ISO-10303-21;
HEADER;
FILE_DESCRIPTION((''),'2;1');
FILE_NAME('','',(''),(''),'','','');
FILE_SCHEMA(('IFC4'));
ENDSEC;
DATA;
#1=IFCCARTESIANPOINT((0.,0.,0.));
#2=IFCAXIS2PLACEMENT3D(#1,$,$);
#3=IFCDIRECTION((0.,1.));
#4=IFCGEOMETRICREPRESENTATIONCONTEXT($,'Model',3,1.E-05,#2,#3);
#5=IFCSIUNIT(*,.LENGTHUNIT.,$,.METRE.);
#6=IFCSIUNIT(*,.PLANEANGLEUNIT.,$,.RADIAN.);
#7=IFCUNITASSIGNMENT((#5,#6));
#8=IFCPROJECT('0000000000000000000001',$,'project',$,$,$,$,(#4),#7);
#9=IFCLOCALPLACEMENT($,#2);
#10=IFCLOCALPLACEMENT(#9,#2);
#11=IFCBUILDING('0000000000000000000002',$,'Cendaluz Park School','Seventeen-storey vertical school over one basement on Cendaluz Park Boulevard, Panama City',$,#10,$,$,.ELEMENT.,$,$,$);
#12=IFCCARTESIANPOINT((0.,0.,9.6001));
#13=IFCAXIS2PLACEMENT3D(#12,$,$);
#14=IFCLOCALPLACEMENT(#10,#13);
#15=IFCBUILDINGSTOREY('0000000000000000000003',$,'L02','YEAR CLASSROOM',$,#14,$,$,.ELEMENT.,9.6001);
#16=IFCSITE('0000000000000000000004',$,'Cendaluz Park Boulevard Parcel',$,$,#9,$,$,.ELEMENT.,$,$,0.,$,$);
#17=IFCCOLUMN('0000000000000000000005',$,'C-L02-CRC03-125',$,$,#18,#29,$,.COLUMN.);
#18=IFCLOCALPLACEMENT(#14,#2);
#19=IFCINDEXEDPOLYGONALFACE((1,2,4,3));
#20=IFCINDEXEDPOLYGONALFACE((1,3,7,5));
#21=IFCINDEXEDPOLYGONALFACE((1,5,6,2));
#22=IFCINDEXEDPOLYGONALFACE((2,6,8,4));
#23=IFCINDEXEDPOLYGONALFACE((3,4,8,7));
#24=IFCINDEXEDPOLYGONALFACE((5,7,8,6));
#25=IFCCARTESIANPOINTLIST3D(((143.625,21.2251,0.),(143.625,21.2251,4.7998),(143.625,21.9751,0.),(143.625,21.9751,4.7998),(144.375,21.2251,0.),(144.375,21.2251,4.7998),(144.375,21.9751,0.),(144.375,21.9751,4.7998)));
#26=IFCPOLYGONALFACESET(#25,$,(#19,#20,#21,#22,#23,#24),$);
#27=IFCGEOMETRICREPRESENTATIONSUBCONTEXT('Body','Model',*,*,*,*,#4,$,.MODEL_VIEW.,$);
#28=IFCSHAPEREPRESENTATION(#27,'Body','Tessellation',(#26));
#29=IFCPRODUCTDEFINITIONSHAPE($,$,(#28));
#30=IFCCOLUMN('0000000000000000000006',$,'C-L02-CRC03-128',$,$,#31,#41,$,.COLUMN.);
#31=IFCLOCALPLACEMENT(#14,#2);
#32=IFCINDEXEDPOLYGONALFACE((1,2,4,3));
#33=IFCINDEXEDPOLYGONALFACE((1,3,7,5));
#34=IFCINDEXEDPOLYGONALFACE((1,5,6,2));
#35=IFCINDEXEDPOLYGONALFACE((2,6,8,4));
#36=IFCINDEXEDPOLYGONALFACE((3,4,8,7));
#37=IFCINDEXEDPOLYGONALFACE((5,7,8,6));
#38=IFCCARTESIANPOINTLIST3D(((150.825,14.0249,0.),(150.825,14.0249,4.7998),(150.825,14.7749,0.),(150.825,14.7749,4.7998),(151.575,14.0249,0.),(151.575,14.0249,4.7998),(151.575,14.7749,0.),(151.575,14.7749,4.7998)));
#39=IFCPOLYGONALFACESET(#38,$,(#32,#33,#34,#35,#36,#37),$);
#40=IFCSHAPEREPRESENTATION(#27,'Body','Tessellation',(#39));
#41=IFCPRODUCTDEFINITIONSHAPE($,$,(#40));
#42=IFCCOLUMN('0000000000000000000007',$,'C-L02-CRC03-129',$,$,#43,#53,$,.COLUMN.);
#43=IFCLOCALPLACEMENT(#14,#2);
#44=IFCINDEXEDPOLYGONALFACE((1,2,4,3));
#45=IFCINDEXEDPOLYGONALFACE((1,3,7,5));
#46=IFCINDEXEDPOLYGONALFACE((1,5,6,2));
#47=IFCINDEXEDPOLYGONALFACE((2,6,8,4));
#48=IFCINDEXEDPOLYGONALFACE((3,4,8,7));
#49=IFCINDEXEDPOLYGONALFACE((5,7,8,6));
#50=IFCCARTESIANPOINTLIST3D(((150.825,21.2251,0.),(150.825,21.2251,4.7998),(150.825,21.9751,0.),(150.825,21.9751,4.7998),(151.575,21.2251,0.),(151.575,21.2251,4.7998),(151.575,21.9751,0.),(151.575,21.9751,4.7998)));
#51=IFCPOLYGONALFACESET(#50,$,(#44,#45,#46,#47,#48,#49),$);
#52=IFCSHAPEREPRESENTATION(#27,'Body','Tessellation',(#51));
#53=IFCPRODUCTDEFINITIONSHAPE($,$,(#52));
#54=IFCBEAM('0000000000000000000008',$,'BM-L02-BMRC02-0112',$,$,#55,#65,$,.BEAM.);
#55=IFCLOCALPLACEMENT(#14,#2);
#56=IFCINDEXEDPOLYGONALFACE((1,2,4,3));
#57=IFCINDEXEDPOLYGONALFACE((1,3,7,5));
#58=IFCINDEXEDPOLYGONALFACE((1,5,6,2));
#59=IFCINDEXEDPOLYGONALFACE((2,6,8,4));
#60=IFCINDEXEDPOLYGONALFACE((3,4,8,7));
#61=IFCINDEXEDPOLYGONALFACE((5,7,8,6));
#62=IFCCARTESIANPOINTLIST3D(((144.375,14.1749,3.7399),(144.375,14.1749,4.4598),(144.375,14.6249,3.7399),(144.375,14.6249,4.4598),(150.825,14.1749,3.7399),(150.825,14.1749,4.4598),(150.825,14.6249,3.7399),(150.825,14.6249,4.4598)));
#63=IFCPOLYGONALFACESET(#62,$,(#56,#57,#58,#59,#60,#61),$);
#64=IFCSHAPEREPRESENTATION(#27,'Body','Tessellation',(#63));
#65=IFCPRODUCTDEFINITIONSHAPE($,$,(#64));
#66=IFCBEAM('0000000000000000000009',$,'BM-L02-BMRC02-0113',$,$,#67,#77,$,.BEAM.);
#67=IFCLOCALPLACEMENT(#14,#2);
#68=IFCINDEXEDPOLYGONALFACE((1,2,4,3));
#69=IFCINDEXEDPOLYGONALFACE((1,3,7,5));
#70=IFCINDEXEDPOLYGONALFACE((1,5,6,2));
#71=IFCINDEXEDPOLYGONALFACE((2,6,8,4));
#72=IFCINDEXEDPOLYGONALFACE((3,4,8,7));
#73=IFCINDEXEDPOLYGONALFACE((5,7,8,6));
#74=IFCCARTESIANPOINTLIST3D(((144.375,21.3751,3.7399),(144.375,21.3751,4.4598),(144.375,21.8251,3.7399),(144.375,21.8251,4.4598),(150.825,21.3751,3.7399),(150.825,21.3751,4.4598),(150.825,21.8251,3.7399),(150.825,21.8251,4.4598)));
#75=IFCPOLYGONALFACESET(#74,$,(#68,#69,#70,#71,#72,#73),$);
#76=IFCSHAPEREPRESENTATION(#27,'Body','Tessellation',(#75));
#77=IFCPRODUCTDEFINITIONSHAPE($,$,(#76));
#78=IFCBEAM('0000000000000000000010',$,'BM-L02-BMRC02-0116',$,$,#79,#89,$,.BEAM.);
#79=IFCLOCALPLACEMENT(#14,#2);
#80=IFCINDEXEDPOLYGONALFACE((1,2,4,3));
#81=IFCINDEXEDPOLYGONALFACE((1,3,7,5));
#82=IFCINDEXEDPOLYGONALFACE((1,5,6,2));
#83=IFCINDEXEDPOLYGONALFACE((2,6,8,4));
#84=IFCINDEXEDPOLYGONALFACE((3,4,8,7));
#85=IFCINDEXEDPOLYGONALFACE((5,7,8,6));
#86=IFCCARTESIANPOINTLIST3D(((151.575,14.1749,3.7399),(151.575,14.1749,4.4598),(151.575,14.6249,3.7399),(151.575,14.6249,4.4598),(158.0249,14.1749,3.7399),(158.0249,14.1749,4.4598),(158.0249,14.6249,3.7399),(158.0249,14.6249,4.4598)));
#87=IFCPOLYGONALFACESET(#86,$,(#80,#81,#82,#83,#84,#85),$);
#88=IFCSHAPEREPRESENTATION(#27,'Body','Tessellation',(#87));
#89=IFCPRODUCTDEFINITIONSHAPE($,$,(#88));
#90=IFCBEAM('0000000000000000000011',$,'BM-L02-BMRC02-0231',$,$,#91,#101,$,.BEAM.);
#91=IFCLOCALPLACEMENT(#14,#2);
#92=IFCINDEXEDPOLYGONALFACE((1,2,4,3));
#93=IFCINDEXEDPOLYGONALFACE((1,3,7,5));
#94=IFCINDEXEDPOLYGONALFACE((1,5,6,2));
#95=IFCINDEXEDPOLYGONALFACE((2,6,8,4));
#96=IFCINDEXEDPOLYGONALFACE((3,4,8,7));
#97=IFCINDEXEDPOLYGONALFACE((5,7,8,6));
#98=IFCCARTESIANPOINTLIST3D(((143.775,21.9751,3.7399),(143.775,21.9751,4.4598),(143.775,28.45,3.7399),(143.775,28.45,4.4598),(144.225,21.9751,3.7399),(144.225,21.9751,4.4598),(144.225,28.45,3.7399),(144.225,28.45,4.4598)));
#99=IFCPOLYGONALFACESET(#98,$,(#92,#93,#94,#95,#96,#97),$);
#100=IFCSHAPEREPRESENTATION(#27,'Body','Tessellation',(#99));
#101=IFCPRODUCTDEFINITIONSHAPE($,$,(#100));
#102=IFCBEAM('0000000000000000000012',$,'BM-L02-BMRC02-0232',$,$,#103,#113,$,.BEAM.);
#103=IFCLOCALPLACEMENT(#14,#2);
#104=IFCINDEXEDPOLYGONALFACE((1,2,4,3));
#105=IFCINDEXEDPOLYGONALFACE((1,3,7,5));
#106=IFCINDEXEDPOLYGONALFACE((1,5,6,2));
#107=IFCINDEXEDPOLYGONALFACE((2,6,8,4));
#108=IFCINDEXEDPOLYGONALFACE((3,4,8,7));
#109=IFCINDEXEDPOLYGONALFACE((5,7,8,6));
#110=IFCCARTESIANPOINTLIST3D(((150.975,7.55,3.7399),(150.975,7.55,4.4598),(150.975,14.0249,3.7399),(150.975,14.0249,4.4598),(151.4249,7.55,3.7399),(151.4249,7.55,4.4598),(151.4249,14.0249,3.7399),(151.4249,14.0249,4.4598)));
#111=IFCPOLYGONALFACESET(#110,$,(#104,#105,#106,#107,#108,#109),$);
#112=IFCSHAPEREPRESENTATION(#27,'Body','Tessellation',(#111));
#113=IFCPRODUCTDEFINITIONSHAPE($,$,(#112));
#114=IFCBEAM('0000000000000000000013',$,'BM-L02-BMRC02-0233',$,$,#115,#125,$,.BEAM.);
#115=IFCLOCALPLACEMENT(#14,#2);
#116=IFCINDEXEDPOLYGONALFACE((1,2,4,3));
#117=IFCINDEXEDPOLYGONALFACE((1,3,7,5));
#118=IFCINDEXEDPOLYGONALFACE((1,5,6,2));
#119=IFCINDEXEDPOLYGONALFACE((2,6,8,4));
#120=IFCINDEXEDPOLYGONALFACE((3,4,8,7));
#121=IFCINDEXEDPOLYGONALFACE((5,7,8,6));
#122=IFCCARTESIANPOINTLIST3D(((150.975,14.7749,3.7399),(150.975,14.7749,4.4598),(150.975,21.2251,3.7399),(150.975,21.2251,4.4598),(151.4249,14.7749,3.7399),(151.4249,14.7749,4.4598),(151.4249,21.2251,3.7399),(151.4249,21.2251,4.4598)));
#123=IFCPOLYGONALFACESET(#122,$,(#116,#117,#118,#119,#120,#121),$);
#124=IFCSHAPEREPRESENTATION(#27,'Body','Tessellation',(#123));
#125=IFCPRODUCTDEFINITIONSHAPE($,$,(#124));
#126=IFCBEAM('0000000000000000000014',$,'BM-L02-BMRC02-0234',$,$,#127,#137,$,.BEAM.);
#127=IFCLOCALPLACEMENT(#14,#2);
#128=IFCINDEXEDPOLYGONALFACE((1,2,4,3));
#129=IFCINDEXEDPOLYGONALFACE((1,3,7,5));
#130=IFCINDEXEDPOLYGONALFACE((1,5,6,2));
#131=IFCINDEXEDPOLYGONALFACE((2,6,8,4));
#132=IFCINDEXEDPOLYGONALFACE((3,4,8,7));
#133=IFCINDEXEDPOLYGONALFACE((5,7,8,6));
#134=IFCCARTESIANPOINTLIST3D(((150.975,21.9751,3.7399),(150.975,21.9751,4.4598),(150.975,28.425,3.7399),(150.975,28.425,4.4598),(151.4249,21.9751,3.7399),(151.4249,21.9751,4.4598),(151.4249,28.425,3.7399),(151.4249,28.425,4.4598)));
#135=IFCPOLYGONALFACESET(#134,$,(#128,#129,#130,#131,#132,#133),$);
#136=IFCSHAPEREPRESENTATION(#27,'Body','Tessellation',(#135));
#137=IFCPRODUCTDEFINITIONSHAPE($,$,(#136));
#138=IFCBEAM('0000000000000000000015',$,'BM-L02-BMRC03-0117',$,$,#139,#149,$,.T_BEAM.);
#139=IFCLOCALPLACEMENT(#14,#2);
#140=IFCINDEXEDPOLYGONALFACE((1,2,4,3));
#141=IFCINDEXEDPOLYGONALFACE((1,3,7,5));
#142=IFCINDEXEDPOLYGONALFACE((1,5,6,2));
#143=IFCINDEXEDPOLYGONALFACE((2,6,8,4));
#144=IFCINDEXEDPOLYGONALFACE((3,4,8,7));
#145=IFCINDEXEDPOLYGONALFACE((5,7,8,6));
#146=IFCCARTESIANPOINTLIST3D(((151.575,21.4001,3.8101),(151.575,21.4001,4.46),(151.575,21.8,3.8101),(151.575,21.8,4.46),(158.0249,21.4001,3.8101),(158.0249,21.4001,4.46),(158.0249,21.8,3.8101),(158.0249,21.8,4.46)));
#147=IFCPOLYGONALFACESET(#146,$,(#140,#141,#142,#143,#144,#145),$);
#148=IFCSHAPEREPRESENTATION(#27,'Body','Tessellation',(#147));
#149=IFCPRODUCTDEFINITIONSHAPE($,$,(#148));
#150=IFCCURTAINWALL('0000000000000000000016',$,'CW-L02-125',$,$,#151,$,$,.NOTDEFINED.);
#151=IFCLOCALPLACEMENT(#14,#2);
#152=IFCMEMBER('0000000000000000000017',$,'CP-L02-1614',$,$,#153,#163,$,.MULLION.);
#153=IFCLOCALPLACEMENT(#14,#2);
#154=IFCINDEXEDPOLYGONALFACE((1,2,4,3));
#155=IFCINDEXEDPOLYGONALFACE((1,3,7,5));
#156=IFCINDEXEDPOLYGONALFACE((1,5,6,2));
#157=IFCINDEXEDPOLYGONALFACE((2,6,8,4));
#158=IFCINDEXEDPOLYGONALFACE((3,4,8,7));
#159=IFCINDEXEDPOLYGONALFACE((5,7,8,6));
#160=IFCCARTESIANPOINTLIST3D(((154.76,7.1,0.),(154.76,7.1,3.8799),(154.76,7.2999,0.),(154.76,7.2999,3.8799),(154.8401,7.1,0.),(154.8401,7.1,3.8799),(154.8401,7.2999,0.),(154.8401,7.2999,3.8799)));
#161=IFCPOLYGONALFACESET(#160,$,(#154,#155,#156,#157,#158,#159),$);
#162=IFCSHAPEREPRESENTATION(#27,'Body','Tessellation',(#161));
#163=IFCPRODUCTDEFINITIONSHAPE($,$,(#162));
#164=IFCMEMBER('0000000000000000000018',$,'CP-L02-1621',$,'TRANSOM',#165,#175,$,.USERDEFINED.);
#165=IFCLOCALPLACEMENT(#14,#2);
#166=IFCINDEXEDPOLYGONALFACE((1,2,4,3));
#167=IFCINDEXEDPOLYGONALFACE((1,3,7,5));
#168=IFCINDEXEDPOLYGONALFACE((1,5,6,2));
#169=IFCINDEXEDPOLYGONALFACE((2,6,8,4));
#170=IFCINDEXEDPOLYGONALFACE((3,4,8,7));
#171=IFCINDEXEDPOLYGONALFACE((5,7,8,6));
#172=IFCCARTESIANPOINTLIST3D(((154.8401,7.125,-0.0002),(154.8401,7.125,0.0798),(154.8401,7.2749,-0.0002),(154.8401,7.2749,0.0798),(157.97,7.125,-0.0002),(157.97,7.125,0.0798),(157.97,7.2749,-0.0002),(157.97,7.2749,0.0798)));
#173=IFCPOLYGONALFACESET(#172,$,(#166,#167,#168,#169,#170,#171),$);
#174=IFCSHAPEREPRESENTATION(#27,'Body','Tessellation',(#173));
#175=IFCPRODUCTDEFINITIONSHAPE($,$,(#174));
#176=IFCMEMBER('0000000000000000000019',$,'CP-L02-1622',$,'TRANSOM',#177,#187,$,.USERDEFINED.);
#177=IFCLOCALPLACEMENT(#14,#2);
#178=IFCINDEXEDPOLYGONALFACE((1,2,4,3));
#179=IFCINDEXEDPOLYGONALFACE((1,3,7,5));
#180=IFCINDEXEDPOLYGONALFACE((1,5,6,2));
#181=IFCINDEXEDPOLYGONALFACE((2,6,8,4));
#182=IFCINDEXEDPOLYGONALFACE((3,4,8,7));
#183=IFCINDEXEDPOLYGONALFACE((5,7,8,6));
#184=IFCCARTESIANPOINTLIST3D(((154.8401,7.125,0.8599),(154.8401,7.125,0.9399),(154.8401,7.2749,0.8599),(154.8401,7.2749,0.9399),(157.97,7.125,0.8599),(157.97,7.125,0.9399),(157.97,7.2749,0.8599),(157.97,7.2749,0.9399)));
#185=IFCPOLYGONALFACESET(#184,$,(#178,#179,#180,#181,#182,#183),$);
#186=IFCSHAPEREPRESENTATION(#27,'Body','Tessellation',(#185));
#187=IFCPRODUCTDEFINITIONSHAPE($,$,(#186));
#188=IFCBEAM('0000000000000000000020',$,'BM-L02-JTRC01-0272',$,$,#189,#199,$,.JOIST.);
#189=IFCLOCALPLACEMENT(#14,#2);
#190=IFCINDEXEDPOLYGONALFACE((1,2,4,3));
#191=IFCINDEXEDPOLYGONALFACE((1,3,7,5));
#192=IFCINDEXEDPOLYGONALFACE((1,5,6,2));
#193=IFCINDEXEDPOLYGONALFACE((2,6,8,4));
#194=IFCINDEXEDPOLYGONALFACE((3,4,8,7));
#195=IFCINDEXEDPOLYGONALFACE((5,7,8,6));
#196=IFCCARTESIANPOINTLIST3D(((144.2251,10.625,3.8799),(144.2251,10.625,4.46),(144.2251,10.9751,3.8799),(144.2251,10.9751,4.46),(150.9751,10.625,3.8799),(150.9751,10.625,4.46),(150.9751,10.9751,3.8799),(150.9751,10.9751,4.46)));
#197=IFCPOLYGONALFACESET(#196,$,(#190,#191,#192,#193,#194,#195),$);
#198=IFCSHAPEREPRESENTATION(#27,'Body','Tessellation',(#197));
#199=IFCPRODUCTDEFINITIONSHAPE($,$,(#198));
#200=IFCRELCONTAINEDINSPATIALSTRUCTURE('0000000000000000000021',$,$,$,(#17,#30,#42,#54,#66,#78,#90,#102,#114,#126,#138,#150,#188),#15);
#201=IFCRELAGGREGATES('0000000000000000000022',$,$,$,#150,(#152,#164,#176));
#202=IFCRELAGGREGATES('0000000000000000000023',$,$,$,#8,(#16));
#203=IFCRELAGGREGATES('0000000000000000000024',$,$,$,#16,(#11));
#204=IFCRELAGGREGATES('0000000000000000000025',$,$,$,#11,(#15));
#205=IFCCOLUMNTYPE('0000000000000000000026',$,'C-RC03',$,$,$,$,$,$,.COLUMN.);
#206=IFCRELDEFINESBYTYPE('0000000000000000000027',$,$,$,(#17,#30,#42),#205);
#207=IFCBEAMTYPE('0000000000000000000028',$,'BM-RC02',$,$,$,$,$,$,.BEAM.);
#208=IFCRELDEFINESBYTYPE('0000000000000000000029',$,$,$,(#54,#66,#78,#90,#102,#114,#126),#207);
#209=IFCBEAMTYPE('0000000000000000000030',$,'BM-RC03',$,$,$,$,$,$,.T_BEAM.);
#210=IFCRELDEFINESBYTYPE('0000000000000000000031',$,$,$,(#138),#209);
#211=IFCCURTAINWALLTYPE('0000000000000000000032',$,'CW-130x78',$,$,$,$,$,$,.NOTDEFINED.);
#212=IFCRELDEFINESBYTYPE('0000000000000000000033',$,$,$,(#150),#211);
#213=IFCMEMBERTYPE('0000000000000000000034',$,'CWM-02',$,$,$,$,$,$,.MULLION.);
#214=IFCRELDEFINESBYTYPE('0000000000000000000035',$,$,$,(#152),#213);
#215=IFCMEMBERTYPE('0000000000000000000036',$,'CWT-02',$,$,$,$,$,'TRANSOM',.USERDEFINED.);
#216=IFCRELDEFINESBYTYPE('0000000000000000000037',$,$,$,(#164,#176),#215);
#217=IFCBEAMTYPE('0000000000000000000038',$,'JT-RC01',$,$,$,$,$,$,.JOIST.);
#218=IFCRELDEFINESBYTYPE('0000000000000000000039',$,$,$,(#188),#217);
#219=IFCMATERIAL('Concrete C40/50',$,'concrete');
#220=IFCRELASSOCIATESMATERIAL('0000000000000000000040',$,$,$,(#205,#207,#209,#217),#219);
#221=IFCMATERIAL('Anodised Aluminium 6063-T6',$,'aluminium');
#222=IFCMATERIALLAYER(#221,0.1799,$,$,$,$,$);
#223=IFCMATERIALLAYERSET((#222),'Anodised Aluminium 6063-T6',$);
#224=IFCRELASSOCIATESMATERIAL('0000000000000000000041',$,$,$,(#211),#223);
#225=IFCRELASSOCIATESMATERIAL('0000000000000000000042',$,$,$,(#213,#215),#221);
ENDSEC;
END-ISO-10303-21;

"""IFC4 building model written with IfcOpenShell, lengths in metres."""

from ifc_helpers import new_model, si_unit, direction, frame, origin, origin_2d, place, context, subcontext, project, spatial, rectangle, extrude, material, layer, layer_set, material_profile, profile_set, type_object, element, aggregate, save


model = new_model("IFC4")

# Units and contexts
model_context = context("Model", 3, precision=1e-05, world=origin(), true_north=direction((0.0, 1.0)))
body_context = subcontext(model_context, "Body", "Model", "MODEL_VIEW")
ifc_project = project(units=[si_unit("LENGTHUNIT", "METRE"), si_unit("PLANEANGLEUNIT", "RADIAN")], contexts=[model_context])

# Site, building, storey
site_placement = place(None, origin())
site = spatial("IfcSite", under=ifc_project, at=site_placement, Name="Cendaluz Park Boulevard Parcel", CompositionType="ELEMENT", RefElevation=0.0)
building_placement = place(site_placement, origin())
building = spatial("IfcBuilding", under=site, at=building_placement, Name="Cendaluz Park School", Description="Seventeen-storey vertical school over one basement on Cendaluz Park Boulevard, Panama City", CompositionType="ELEMENT")
storey_placement = place(building_placement, frame((0.0, 0.0, 9.6001)))
storey = spatial("IfcBuildingStorey", under=building, at=storey_placement, Name="L02", Description="YEAR CLASSROOM", CompositionType="ELEMENT", Elevation=9.6001)

# Columns
ifc_material_1 = material(Name="Concrete C40/50", Category="concrete")
ifc_material_profile_1 = material_profile(ifc_material_1, rectangle(XDim=0.75, YDim=0.75, at=origin_2d()), Name="RC 750x750", Category="concrete")
ifc_profile_set_1 = profile_set([ifc_material_profile_1], Name="Concrete C40/50")
column_type = type_object("IfcColumnType", Name="C-RC03", PredefinedType="COLUMN", material=ifc_profile_set_1)
for number, where, z_axis, x_axis, name in (
    (1, (144.0, 21.6001, 0.0), (0.0, 0.0, 1.0), (1.0, 0.0, 0.0), "C-L02-CRC03-125"),
    (2, (151.2, 14.3999, 0.0), (0.0, 0.0, 1.0), (1.0, 0.0, 0.0), "C-L02-CRC03-128"),
    (3, (151.2, 21.6001, 0.0), (0.0, 0.0, 1.0), (1.0, 0.0, 0.0), "C-L02-CRC03-129"),
):
    element("IfcColumn", number, at=place(storey_placement, frame(where, z_axis=z_axis, x_axis=x_axis)), inside=storey, type_object=column_type, Name=name, PredefinedType="COLUMN", context=body_context, shape_type="SweptSolid", body=[
        extrude(rectangle(XDim=0.75, YDim=0.75, at=origin_2d()), origin(), (0.0, 0.0, 1.0), 4.7998),
    ])

# Beams
ifc_material_profile_2 = material_profile(ifc_material_1, rectangle(XDim=0.45, YDim=0.72, at=origin_2d()), Name="RC 450x720", Category="concrete")
ifc_profile_set_2 = profile_set([ifc_material_profile_2], Name="Concrete C40/50")
beam_type_1 = type_object("IfcBeamType", Name="BM-RC02", PredefinedType="BEAM", material=ifc_profile_set_2)
for number, where, z_axis, x_axis, name in (
    (4, (144.375, 14.3999, 4.0999), (1.0, 0.0, 0.0), (0.0, 1.0, 0.0), "BM-L02-BMRC02-0112"),
    (5, (144.375, 21.6001, 4.0999), (1.0, 0.0, 0.0), (0.0, 1.0, 0.0), "BM-L02-BMRC02-0113"),
    (6, (151.575, 14.3999, 4.0999), (1.0, 0.0, 0.0), (0.0, 1.0, 0.0), "BM-L02-BMRC02-0116"),
):
    element("IfcBeam", number, at=place(storey_placement, frame(where, z_axis=z_axis, x_axis=x_axis)), inside=storey, type_object=beam_type_1, Name=name, PredefinedType="BEAM", context=body_context, shape_type="SweptSolid", body=[
        extrude(rectangle(XDim=0.45, YDim=0.72, at=origin_2d()), origin(), (0.0, 0.0, 1.0), 6.45),
    ])
for number, where, z_axis, x_axis, name in (
    (7, (144.0, 21.9751, 4.0999), (0.0, 1.0, 0.0), (-1.0, 0.0, 0.0), "BM-L02-BMRC02-0231"),
    (8, (151.2, 7.55, 4.0999), (0.0, 1.0, 0.0), (-1.0, 0.0, 0.0), "BM-L02-BMRC02-0232"),
):
    element("IfcBeam", number, at=place(storey_placement, frame(where, z_axis=z_axis, x_axis=x_axis)), inside=storey, type_object=beam_type_1, Name=name, PredefinedType="BEAM", context=body_context, shape_type="SweptSolid", body=[
        extrude(rectangle(XDim=0.45, YDim=0.72, at=origin_2d()), origin(), (0.0, 0.0, 1.0), 6.4749),
    ])
beam_1_placement = place(storey_placement, frame((151.2, 14.7749, 4.0999), z_axis=(0.0, 1.0, 0.0), x_axis=(-1.0, 0.0, 0.0)))
element("IfcBeam", 9, at=beam_1_placement, inside=storey, type_object=beam_type_1, Name="BM-L02-BMRC02-0233", PredefinedType="BEAM", context=body_context, shape_type="SweptSolid", body=[
    extrude(rectangle(XDim=0.45, YDim=0.72, at=origin_2d()), origin(), (0.0, 0.0, 1.0), 6.4502),
])
beam_2_placement = place(storey_placement, frame((151.2, 21.9751, 4.0999), z_axis=(0.0, 1.0, 0.0), x_axis=(-1.0, 0.0, 0.0)))
element("IfcBeam", 10, at=beam_2_placement, inside=storey, type_object=beam_type_1, Name="BM-L02-BMRC02-0234", PredefinedType="BEAM", context=body_context, shape_type="SweptSolid", body=[
    extrude(rectangle(XDim=0.45, YDim=0.72, at=origin_2d()), origin(), (0.0, 0.0, 1.0), 6.45),
])
ifc_material_profile_3 = material_profile(ifc_material_1, rectangle(XDim=0.3999, YDim=0.6499, at=origin_2d()), Name="RC 400x650", Category="concrete")
ifc_profile_set_3 = profile_set([ifc_material_profile_3], Name="Concrete C40/50")
beam_type_2 = type_object("IfcBeamType", Name="BM-RC03", PredefinedType="T_BEAM", material=ifc_profile_set_3)
beam_3_placement = place(storey_placement, frame((151.575, 21.6001, 4.135), z_axis=(1.0, 0.0, 0.0), x_axis=(0.0, 1.0, 0.0)))
element("IfcBeam", 11, at=beam_3_placement, inside=storey, type_object=beam_type_2, Name="BM-L02-BMRC03-0117", PredefinedType="T_BEAM", context=body_context, shape_type="SweptSolid", body=[
    extrude(rectangle(XDim=0.3999, YDim=0.6499, at=origin_2d()), origin(), (0.0, 0.0, 1.0), 6.45),
])

# Curtain wall, members
ifc_material_2 = material(Name="Anodised Aluminium 6063-T6", Category="aluminium")
ifc_layer_1 = layer(ifc_material_2, 0.1799)
ifc_layer_set_1 = layer_set([ifc_layer_1], Name="Anodised Aluminium 6063-T6")
curtain_wall_type = type_object("IfcCurtainWallType", Name="CW-130x78", PredefinedType="NOTDEFINED", material=ifc_layer_set_1)
curtain_wall_placement = place(storey_placement, origin())
curtain_wall = element("IfcCurtainWall", 12, at=curtain_wall_placement, inside=storey, type_object=curtain_wall_type, Name="CW-L02-125", PredefinedType="NOTDEFINED")
ifc_material_profile_4 = material_profile(ifc_material_2, rectangle(XDim=0.2, YDim=0.0801, at=origin_2d()), Name="CWM 200x80", Category="aluminium")
ifc_profile_set_4 = profile_set([ifc_material_profile_4], Name="Anodised Aluminium 6063-T6")
member_type_1 = type_object("IfcMemberType", Name="CWM-02", PredefinedType="MULLION", material=ifc_profile_set_4)
member_1_placement = place(storey_placement, frame((154.8, 7.2, 0.0), z_axis=(0.0, 0.0, 1.0), x_axis=(0.0, 1.0, 0.0)))
member_1 = element("IfcMember", 13, at=member_1_placement, type_object=member_type_1, Name="CP-L02-1614", PredefinedType="MULLION", context=body_context, shape_type="SweptSolid", body=[
    extrude(rectangle(XDim=0.2, YDim=0.0801, at=origin_2d()), origin(), (0.0, 0.0, 1.0), 3.8799),
])
ifc_material_profile_5 = material_profile(ifc_material_2, rectangle(XDim=0.1499, YDim=0.0801, at=origin_2d()), Name="CWT 150x80", Category="aluminium")
ifc_profile_set_5 = profile_set([ifc_material_profile_5], Name="Anodised Aluminium 6063-T6")
member_type_2 = type_object("IfcMemberType", Name="CWT-02", ElementType="TRANSOM", PredefinedType="USERDEFINED", material=ifc_profile_set_5)
member_2_placement = place(storey_placement, frame((154.8401, 7.2, 0.0398), z_axis=(1.0, 0.0, 0.0), x_axis=(0.0, 1.0, 0.0)))
member_2 = element("IfcMember", 14, at=member_2_placement, type_object=member_type_2, Name="CP-L02-1621", ObjectType="TRANSOM", PredefinedType="USERDEFINED", context=body_context, shape_type="SweptSolid", body=[
    extrude(rectangle(XDim=0.1499, YDim=0.0801, at=origin_2d()), origin(), (0.0, 0.0, 1.0), 3.1299),
])
member_3_placement = place(storey_placement, frame((154.8401, 7.2, 0.8999), z_axis=(1.0, 0.0, 0.0), x_axis=(0.0, 1.0, 0.0)))
member_3 = element("IfcMember", 15, at=member_3_placement, type_object=member_type_2, Name="CP-L02-1622", ObjectType="TRANSOM", PredefinedType="USERDEFINED", context=body_context, shape_type="SweptSolid", body=[
    extrude(rectangle(XDim=0.1499, YDim=0.0801, at=origin_2d()), origin(), (0.0, 0.0, 1.0), 3.1299),
])
aggregate(curtain_wall, [member_1, member_2, member_3])

# Beam
ifc_material_profile_6 = material_profile(ifc_material_1, rectangle(XDim=0.3501, YDim=0.5801, at=origin_2d()), Name="RC 350x580", Category="concrete")
ifc_profile_set_6 = profile_set([ifc_material_profile_6], Name="Concrete C40/50")
beam_type_3 = type_object("IfcBeamType", Name="JT-RC01", PredefinedType="JOIST", material=ifc_profile_set_6)
beam_4_placement = place(storey_placement, frame((144.2251, 10.8, 4.1699), z_axis=(1.0, 0.0, 0.0), x_axis=(0.0, 1.0, 0.0)))
element("IfcBeam", 16, at=beam_4_placement, inside=storey, type_object=beam_type_3, Name="BM-L02-JTRC01-0272", PredefinedType="JOIST", context=body_context, shape_type="SweptSolid", body=[
    extrude(rectangle(XDim=0.3501, YDim=0.5801, at=origin_2d()), origin(), (0.0, 0.0, 1.0), 6.75),
])

save(model, "model.ifc")
